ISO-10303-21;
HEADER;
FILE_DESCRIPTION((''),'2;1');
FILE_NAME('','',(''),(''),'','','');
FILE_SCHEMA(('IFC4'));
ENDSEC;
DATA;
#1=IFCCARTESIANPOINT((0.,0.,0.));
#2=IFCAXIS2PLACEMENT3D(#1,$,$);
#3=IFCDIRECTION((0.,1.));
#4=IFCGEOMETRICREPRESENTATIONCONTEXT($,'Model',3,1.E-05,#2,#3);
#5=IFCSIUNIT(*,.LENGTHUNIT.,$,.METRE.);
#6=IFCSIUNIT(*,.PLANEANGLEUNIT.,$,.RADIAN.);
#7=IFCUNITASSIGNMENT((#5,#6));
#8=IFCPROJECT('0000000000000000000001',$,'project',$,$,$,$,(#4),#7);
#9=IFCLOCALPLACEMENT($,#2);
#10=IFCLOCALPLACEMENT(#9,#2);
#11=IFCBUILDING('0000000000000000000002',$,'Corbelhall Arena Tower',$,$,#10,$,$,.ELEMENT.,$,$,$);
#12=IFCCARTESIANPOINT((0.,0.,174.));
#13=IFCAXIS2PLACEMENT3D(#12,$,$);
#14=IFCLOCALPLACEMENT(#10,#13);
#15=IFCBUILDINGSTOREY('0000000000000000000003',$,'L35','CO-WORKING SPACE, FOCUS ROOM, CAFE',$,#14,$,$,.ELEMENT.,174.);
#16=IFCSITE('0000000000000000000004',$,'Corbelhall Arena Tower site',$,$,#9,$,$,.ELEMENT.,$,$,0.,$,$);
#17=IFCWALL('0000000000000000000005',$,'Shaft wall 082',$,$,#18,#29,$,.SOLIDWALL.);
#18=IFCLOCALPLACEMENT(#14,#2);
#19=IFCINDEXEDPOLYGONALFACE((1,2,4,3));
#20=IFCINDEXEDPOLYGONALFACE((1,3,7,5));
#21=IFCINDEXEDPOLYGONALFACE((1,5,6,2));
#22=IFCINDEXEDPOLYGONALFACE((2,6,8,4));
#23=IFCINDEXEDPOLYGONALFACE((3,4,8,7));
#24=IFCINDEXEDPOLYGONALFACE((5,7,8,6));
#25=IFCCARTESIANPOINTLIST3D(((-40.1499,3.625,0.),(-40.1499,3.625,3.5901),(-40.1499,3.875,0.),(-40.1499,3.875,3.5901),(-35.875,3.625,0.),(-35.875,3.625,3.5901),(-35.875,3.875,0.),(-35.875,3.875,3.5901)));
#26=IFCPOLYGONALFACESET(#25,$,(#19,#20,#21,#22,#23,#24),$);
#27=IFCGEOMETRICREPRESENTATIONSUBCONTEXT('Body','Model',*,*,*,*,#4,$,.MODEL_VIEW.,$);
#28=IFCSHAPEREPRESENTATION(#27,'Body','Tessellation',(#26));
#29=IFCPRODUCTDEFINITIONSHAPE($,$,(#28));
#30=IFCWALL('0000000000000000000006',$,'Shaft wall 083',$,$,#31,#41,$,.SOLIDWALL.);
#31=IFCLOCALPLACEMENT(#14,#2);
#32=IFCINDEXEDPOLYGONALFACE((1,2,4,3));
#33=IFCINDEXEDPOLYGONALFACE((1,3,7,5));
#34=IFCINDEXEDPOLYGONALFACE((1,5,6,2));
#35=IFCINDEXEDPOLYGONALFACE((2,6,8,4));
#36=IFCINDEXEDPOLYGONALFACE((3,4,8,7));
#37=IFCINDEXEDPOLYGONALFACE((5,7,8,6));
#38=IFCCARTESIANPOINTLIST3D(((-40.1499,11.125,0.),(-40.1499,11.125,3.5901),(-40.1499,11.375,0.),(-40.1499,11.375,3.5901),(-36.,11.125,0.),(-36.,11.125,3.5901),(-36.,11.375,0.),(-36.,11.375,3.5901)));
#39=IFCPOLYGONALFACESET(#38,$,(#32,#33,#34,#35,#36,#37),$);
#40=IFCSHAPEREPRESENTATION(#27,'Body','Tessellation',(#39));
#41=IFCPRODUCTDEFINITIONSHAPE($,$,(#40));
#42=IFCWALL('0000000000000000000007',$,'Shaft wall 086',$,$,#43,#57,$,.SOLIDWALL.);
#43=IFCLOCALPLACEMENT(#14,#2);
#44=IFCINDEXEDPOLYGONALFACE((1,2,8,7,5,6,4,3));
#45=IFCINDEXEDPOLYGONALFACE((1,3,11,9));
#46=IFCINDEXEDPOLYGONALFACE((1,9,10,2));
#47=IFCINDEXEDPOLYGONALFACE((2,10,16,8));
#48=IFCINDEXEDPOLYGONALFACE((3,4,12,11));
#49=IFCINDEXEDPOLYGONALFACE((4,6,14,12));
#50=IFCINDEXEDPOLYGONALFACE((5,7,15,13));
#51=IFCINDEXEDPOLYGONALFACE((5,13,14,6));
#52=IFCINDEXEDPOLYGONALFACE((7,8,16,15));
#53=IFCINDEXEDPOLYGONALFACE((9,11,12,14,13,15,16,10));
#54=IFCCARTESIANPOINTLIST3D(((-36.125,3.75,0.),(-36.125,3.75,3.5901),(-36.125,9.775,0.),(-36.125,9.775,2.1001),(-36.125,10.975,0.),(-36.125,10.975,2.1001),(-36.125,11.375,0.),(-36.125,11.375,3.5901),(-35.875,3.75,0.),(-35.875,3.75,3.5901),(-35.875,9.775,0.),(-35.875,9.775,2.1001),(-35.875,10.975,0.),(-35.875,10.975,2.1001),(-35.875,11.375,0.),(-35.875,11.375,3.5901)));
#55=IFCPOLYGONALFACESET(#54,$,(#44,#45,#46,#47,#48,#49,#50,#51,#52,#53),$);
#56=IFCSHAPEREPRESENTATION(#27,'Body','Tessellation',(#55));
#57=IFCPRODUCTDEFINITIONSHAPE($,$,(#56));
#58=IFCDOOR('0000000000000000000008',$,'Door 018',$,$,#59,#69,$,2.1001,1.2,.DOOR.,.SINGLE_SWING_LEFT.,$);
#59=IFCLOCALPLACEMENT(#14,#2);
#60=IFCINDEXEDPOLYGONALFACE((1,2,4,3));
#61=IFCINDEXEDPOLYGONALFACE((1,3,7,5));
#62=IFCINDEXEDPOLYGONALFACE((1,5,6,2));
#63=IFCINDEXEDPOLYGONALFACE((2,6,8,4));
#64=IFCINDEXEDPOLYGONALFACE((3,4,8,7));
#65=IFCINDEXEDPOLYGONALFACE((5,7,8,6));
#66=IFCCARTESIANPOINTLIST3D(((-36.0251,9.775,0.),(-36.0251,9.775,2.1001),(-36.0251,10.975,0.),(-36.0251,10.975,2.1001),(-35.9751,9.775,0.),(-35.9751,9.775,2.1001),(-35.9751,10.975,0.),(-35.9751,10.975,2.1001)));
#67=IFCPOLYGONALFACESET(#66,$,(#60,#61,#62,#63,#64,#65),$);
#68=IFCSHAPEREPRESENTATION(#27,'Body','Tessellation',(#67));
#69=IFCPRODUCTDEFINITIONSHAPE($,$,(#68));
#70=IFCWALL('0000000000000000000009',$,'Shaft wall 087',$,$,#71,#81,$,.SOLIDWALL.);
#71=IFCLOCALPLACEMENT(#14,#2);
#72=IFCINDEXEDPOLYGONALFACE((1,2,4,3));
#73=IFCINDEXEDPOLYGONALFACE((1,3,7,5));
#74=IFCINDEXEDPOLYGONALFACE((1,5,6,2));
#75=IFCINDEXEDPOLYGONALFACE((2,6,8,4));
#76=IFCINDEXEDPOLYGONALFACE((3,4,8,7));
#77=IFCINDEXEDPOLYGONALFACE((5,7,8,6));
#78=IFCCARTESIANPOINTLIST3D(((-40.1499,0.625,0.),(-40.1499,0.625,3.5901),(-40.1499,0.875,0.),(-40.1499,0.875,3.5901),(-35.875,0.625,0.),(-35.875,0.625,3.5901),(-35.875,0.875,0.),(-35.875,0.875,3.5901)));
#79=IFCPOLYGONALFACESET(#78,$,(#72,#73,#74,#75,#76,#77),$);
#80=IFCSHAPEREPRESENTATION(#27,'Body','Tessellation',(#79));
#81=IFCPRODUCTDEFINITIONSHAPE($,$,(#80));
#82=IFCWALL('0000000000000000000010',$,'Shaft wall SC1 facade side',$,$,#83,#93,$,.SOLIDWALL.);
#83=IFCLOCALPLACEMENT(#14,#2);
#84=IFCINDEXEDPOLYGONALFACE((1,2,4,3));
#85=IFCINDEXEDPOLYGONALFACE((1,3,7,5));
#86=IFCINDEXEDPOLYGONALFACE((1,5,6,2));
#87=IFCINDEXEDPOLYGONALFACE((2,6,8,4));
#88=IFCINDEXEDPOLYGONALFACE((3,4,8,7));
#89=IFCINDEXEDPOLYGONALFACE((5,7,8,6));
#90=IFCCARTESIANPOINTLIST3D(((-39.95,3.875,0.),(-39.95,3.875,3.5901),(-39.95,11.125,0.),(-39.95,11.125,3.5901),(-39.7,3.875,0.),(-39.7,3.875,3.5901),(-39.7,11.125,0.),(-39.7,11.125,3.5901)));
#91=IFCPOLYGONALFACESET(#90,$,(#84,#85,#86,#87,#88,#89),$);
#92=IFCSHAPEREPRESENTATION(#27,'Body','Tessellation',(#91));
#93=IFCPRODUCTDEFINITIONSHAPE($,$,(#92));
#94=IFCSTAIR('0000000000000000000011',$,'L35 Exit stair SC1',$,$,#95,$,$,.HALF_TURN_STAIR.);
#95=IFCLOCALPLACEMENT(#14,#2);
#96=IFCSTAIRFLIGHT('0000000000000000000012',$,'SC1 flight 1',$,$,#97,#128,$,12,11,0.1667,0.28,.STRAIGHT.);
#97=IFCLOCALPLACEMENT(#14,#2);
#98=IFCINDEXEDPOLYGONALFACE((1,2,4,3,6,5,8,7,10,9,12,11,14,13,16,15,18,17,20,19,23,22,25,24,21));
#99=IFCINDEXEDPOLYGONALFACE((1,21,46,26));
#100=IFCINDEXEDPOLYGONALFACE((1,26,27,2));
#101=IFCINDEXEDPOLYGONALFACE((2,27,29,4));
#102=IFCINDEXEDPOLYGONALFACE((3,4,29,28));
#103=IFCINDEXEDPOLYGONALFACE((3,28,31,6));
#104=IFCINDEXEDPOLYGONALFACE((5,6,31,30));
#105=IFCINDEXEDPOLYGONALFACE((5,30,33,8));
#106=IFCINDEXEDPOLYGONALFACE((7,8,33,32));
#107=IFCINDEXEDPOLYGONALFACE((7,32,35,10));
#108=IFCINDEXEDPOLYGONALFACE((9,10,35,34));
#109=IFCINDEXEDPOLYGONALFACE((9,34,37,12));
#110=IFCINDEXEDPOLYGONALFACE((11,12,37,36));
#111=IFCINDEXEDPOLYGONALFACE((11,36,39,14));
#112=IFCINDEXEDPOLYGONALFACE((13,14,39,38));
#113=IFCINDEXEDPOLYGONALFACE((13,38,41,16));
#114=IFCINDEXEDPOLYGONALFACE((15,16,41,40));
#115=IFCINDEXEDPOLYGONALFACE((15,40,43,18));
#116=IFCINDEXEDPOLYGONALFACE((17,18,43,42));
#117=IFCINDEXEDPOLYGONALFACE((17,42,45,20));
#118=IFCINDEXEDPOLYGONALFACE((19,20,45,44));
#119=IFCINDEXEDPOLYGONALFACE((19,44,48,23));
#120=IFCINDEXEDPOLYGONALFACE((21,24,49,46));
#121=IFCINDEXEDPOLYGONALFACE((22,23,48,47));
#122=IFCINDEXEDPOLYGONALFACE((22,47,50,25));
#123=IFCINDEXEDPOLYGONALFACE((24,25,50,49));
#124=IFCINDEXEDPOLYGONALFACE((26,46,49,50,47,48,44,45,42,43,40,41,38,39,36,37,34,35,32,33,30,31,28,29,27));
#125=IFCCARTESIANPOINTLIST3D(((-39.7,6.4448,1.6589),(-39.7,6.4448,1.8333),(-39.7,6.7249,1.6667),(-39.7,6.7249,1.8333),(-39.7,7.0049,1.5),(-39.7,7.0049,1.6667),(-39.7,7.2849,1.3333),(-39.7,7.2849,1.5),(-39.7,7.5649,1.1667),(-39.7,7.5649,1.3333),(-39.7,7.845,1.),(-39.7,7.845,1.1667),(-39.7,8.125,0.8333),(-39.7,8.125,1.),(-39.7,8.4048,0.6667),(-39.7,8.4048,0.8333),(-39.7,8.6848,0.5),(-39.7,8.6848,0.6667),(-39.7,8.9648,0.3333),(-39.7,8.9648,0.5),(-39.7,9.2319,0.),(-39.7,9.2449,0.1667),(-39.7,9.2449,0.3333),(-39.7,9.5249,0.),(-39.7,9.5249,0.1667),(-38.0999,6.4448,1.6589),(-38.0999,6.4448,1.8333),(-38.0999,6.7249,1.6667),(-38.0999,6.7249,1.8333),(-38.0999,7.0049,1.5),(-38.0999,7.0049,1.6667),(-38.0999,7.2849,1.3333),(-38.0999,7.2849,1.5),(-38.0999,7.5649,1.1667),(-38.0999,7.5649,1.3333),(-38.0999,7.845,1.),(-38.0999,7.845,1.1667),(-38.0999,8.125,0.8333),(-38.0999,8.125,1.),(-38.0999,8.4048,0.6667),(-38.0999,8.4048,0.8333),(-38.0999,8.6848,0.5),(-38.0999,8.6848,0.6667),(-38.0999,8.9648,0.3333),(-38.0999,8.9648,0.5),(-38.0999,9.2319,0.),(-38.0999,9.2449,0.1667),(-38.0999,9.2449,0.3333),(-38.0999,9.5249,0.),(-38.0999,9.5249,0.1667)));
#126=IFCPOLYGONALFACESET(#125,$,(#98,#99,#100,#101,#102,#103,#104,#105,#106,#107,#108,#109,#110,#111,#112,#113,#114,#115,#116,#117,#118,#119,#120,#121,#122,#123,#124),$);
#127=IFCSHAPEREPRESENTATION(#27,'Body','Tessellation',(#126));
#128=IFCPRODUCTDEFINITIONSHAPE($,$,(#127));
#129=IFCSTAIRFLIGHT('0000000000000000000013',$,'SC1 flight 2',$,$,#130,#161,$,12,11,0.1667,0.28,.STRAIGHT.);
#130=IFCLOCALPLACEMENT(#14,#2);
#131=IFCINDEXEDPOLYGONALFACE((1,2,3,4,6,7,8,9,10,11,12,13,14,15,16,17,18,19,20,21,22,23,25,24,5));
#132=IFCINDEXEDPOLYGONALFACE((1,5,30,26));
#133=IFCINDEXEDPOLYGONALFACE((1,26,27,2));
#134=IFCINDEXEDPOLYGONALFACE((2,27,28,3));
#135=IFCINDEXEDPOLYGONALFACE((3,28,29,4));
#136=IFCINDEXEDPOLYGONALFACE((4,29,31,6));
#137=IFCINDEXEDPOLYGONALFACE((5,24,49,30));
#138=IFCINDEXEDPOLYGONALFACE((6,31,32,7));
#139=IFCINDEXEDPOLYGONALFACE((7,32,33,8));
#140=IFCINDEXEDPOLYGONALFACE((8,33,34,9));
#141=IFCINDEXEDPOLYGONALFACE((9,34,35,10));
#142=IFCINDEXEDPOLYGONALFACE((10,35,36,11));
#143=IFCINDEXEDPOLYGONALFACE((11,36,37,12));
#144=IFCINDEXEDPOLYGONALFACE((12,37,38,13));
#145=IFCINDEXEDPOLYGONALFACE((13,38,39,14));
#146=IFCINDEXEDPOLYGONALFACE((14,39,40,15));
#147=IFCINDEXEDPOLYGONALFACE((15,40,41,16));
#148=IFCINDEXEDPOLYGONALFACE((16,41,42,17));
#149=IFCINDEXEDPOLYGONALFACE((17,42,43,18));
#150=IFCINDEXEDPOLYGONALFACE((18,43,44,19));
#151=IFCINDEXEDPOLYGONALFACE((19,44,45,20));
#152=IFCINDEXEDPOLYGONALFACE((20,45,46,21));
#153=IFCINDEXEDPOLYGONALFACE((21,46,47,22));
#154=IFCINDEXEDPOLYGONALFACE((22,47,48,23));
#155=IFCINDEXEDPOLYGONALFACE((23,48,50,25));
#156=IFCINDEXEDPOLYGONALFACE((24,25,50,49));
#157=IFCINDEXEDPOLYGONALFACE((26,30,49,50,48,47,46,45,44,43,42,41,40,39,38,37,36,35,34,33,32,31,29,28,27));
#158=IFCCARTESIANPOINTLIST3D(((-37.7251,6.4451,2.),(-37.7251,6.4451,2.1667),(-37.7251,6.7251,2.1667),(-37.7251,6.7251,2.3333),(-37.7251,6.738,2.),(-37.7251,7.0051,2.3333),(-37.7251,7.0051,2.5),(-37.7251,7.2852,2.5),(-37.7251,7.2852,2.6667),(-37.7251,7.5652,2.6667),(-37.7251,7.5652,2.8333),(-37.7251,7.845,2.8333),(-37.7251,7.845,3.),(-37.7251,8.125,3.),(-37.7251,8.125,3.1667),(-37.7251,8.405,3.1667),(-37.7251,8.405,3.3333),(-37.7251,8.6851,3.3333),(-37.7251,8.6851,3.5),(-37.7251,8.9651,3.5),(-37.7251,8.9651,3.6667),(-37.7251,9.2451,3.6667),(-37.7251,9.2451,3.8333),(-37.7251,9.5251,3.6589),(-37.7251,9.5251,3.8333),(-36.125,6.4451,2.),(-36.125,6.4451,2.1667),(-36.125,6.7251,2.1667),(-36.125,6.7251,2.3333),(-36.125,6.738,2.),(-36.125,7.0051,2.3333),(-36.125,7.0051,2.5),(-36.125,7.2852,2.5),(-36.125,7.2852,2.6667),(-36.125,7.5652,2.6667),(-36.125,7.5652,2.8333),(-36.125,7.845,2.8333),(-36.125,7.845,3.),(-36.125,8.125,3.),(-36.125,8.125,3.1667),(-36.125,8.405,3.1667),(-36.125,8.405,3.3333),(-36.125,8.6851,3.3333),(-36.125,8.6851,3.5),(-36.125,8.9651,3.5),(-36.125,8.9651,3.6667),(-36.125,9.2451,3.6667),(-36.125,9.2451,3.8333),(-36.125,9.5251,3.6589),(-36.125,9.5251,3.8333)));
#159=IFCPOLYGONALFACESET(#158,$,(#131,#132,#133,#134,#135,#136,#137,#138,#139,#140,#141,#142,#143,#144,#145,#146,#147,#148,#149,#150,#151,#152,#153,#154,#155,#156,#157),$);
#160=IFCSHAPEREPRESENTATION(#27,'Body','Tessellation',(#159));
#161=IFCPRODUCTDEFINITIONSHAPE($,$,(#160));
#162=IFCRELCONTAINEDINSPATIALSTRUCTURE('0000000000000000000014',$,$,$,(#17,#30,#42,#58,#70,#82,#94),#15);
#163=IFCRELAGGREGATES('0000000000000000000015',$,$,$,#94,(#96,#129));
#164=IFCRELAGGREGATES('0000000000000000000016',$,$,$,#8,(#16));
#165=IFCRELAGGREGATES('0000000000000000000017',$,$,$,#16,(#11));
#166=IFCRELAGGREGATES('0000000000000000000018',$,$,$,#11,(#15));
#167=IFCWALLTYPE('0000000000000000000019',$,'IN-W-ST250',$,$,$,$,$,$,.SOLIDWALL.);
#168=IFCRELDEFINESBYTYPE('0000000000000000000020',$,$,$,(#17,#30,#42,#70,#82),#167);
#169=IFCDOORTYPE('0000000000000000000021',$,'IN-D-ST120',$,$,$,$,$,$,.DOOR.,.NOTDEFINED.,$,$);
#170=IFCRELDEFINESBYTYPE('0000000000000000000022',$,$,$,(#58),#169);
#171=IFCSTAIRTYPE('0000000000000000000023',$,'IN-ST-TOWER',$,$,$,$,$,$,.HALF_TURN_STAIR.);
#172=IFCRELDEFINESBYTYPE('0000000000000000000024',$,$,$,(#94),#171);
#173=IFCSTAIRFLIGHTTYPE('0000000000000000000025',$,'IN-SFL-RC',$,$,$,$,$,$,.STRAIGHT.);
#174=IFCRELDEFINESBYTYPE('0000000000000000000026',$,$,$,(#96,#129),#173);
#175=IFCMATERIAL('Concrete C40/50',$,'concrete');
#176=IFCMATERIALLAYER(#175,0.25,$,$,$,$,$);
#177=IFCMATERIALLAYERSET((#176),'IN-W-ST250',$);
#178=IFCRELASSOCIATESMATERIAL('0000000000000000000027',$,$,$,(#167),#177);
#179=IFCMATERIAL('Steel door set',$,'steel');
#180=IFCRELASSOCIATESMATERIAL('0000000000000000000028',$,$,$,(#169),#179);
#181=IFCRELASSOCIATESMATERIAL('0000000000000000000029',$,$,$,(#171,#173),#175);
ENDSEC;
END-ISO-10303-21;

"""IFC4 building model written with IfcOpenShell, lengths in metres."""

from ifc_helpers import new_model, si_unit, direction, frame, frame_2d, origin, place, context, subcontext, project, spatial, polyline, rectangle, outline, extrude, material, layer, layer_set, type_object, element, fill, aggregate, save


model = new_model("IFC4")

# Units and contexts
model_context = context("Model", 3, precision=1e-05, world=origin(), true_north=direction((0.0, 1.0)))
body_context = subcontext(model_context, "Body", "Model", "MODEL_VIEW")
ifc_project = project(units=[si_unit("LENGTHUNIT", "METRE"), si_unit("PLANEANGLEUNIT", "RADIAN")], contexts=[model_context])

# Site, building, storey
site_placement = place(None, origin())
site = spatial("IfcSite", under=ifc_project, at=site_placement, Name="Corbelhall Arena Tower site", CompositionType="ELEMENT", RefElevation=0.0)
building_placement = place(site_placement, origin())
building = spatial("IfcBuilding", under=site, at=building_placement, Name="Corbelhall Arena Tower", CompositionType="ELEMENT")
storey_placement = place(building_placement, frame((0.0, 0.0, 174.0)))
storey = spatial("IfcBuildingStorey", under=building, at=storey_placement, Name="L35", Description="CO-WORKING SPACE, FOCUS ROOM, CAFE", CompositionType="ELEMENT", Elevation=174.0)

# Shared definitions
ifc_material_1 = material(Name="Steel door set", Category="steel")

# Walls
ifc_material_2 = material(Name="Concrete C40/50", Category="concrete")
ifc_layer_1 = layer(ifc_material_2, 0.25)
ifc_layer_set_1 = layer_set([ifc_layer_1], Name="IN-W-ST250")
wall_type_1 = type_object("IfcWallType", Name="IN-W-ST250", PredefinedType="SOLIDWALL", material=ifc_layer_set_1)
wall_1_placement = place(storey_placement, frame((-40.1499, 3.75, 0.0), z_axis=(0.0, 0.0, 1.0), x_axis=(1.0, 0.0, 0.0)))
element("IfcWall", 1, at=wall_1_placement, inside=storey, type_object=wall_type_1, Name="Shaft wall 082", PredefinedType="SOLIDWALL", context=body_context, shape_type="SweptSolid", body=[
    extrude(rectangle(XDim=4.2749, YDim=0.25, at=frame_2d((2.1375, 0.0))), origin(), (0.0, 0.0, 1.0), 3.5901),
])
wall_2_placement = place(storey_placement, frame((-40.1499, 11.25, 0.0), z_axis=(0.0, 0.0, 1.0), x_axis=(1.0, 0.0, 0.0)))
element("IfcWall", 2, at=wall_2_placement, inside=storey, type_object=wall_type_1, Name="Shaft wall 083", PredefinedType="SOLIDWALL", context=body_context, shape_type="SweptSolid", body=[
    extrude(rectangle(XDim=4.1499, YDim=0.25, at=frame_2d((2.075, 0.0))), origin(), (0.0, 0.0, 1.0), 3.5901),
])

# Wall, opening, door
wall_3_placement = place(storey_placement, frame((-36.0, 11.375, 0.0), z_axis=(0.0, 0.0, 1.0), x_axis=(0.0, -1.0, 0.0)))
wall_3 = element("IfcWall", 3, at=wall_3_placement, inside=storey, type_object=wall_type_1, Name="Shaft wall 086", PredefinedType="SOLIDWALL", context=body_context, shape_type="SweptSolid", body=[
    extrude(rectangle(XDim=7.625, YDim=0.25, at=frame_2d((3.8125, 0.0))), origin(), (0.0, 0.0, 1.0), 3.5901),
])
opening_1_placement = place(wall_3_placement, frame((0.3999, 0.0, 0.0)))
opening_1 = element("IfcOpeningElement", 4, at=opening_1_placement, cuts=wall_3, PredefinedType="OPENING", context=body_context, shape_type="SweptSolid", body=[
    extrude(rectangle(XDim=1.2, YDim=2.1001, at=frame_2d((0.6001, 1.05))), frame((0.0, 0.125, 0.0), z_axis=(0.0, -1.0, 0.0), x_axis=(1.0, 0.0, 0.0)), (0.0, 0.0, 1.0), 0.25),
])
door_type_1 = type_object("IfcDoorType", Name="IN-D-ST120", OperationType="NOTDEFINED", PredefinedType="DOOR", material=ifc_material_1)
door_1_placement = place(opening_1_placement, origin())
door_1 = element("IfcDoor", 5, at=door_1_placement, inside=storey, type_object=door_type_1, Name="Door 018", OperationType="SINGLE_SWING_LEFT", OverallHeight=2.1001, OverallWidth=1.2, PredefinedType="DOOR", context=body_context, shape_type="SweptSolid", body=[
    extrude(rectangle(XDim=1.2, YDim=2.1001, at=frame_2d((0.6001, 1.05))), frame((0.0, 0.0249, 0.0), z_axis=(0.0, -1.0, 0.0), x_axis=(1.0, 0.0, 0.0)), (0.0, 0.0, 1.0), 0.05),
])
fill(opening_1, door_1)

# Walls
wall_4_placement = place(storey_placement, frame((-35.875, 0.75, 0.0), z_axis=(0.0, 0.0, 1.0), x_axis=(-1.0, 0.0, 0.0)))
element("IfcWall", 6, at=wall_4_placement, inside=storey, type_object=wall_type_1, Name="Shaft wall 087", PredefinedType="SOLIDWALL", context=body_context, shape_type="SweptSolid", body=[
    extrude(rectangle(XDim=4.2749, YDim=0.25, at=frame_2d((2.1375, 0.0))), origin(), (0.0, 0.0, 1.0), 3.5901),
])
wall_5_placement = place(storey_placement, frame((-39.825, 3.875, 0.0), z_axis=(0.0, 0.0, 1.0), x_axis=(0.0, 1.0, 0.0)))
element("IfcWall", 7, at=wall_5_placement, inside=storey, type_object=wall_type_1, Name="Shaft wall SC1 facade side", PredefinedType="SOLIDWALL", context=body_context, shape_type="SweptSolid", body=[
    extrude(rectangle(XDim=7.25, YDim=0.25, at=frame_2d((3.625, 0.0))), origin(), (0.0, 0.0, 1.0), 3.5901),
])

# Stair, stair flights
stair_type = type_object("IfcStairType", Name="IN-ST-TOWER", PredefinedType="HALF_TURN_STAIR", material=ifc_material_2)
stair_placement = place(storey_placement, origin())
stair = element("IfcStair", 8, at=stair_placement, inside=storey, type_object=stair_type, Name="L35 Exit stair SC1", PredefinedType="HALF_TURN_STAIR")
stair_flight_type = type_object("IfcStairFlightType", Name="IN-SFL-RC", PredefinedType="STRAIGHT", material=ifc_material_2)
stair_flight_1_placement = place(storey_placement, frame((-38.8999, 9.5249, 0.0), z_axis=(0.0, 0.0, 1.0), x_axis=(0.0, -1.0, 0.0)))
stair_flight_1 = element("IfcStairFlight", 9, at=stair_flight_1_placement, type_object=stair_flight_type, Name="SC1 flight 1", NumberOfRisers=12, NumberOfTreads=11, PredefinedType="STRAIGHT", RiserHeight=0.1667, TreadLength=0.28, context=body_context, shape_type="SweptSolid", body=[
    extrude(outline(polyline([(0.0, 0.0), (0.0, 0.1667), (0.28, 0.1667), (0.28, 0.3333), (0.5601, 0.3333), (0.5601, 0.5), (0.8401, 0.5), (0.8401, 0.6667), (1.1201, 0.6667), (1.1201, 0.8333), (1.3999, 0.8333), (1.3999, 1.0), (1.6799, 1.0), (1.6799, 1.1667), (1.96, 1.1667), (1.96, 1.3333), (2.24, 1.3333), (2.24, 1.5), (2.52, 1.5), (2.52, 1.6667), (2.8, 1.6667), (2.8, 1.8333), (3.0801, 1.8333), (3.0801, 2.0), (3.0801, 1.6589), (0.293, 0.0), (0.0, 0.0)])), frame((0.0, 0.8, 0.0), z_axis=(0.0, -1.0, 0.0), x_axis=(1.0, 0.0, 0.0)), (0.0, 0.0, 1.0), 1.6001),
])
stair_flight_2_placement = place(storey_placement, frame((-36.925, 6.4451, 2.0), z_axis=(0.0, 0.0, 1.0), x_axis=(0.0, 1.0, 0.0)))
stair_flight_2 = element("IfcStairFlight", 10, at=stair_flight_2_placement, type_object=stair_flight_type, Name="SC1 flight 2", NumberOfRisers=12, NumberOfTreads=11, PredefinedType="STRAIGHT", RiserHeight=0.1667, TreadLength=0.28, context=body_context, shape_type="SweptSolid", body=[
    extrude(outline(polyline([(0.0, 0.0), (0.0, 0.1667), (0.28, 0.1667), (0.28, 0.3333), (0.5601, 0.3333), (0.5601, 0.5), (0.8401, 0.5), (0.8401, 0.6667), (1.1201, 0.6667), (1.1201, 0.8333), (1.3999, 0.8333), (1.3999, 1.0), (1.6799, 1.0), (1.6799, 1.1667), (1.96, 1.1667), (1.96, 1.3333), (2.24, 1.3333), (2.24, 1.5), (2.52, 1.5), (2.52, 1.6667), (2.8, 1.6667), (2.8, 1.8333), (3.0801, 1.8333), (3.0801, 2.0), (3.0801, 1.6589), (0.293, 0.0), (0.0, 0.0)])), frame((0.0, 0.8, 0.0), z_axis=(0.0, -1.0, 0.0), x_axis=(1.0, 0.0, 0.0)), (0.0, 0.0, 1.0), 1.6001),
])
aggregate(stair, [stair_flight_1, stair_flight_2])

save(model, "model.ifc")
